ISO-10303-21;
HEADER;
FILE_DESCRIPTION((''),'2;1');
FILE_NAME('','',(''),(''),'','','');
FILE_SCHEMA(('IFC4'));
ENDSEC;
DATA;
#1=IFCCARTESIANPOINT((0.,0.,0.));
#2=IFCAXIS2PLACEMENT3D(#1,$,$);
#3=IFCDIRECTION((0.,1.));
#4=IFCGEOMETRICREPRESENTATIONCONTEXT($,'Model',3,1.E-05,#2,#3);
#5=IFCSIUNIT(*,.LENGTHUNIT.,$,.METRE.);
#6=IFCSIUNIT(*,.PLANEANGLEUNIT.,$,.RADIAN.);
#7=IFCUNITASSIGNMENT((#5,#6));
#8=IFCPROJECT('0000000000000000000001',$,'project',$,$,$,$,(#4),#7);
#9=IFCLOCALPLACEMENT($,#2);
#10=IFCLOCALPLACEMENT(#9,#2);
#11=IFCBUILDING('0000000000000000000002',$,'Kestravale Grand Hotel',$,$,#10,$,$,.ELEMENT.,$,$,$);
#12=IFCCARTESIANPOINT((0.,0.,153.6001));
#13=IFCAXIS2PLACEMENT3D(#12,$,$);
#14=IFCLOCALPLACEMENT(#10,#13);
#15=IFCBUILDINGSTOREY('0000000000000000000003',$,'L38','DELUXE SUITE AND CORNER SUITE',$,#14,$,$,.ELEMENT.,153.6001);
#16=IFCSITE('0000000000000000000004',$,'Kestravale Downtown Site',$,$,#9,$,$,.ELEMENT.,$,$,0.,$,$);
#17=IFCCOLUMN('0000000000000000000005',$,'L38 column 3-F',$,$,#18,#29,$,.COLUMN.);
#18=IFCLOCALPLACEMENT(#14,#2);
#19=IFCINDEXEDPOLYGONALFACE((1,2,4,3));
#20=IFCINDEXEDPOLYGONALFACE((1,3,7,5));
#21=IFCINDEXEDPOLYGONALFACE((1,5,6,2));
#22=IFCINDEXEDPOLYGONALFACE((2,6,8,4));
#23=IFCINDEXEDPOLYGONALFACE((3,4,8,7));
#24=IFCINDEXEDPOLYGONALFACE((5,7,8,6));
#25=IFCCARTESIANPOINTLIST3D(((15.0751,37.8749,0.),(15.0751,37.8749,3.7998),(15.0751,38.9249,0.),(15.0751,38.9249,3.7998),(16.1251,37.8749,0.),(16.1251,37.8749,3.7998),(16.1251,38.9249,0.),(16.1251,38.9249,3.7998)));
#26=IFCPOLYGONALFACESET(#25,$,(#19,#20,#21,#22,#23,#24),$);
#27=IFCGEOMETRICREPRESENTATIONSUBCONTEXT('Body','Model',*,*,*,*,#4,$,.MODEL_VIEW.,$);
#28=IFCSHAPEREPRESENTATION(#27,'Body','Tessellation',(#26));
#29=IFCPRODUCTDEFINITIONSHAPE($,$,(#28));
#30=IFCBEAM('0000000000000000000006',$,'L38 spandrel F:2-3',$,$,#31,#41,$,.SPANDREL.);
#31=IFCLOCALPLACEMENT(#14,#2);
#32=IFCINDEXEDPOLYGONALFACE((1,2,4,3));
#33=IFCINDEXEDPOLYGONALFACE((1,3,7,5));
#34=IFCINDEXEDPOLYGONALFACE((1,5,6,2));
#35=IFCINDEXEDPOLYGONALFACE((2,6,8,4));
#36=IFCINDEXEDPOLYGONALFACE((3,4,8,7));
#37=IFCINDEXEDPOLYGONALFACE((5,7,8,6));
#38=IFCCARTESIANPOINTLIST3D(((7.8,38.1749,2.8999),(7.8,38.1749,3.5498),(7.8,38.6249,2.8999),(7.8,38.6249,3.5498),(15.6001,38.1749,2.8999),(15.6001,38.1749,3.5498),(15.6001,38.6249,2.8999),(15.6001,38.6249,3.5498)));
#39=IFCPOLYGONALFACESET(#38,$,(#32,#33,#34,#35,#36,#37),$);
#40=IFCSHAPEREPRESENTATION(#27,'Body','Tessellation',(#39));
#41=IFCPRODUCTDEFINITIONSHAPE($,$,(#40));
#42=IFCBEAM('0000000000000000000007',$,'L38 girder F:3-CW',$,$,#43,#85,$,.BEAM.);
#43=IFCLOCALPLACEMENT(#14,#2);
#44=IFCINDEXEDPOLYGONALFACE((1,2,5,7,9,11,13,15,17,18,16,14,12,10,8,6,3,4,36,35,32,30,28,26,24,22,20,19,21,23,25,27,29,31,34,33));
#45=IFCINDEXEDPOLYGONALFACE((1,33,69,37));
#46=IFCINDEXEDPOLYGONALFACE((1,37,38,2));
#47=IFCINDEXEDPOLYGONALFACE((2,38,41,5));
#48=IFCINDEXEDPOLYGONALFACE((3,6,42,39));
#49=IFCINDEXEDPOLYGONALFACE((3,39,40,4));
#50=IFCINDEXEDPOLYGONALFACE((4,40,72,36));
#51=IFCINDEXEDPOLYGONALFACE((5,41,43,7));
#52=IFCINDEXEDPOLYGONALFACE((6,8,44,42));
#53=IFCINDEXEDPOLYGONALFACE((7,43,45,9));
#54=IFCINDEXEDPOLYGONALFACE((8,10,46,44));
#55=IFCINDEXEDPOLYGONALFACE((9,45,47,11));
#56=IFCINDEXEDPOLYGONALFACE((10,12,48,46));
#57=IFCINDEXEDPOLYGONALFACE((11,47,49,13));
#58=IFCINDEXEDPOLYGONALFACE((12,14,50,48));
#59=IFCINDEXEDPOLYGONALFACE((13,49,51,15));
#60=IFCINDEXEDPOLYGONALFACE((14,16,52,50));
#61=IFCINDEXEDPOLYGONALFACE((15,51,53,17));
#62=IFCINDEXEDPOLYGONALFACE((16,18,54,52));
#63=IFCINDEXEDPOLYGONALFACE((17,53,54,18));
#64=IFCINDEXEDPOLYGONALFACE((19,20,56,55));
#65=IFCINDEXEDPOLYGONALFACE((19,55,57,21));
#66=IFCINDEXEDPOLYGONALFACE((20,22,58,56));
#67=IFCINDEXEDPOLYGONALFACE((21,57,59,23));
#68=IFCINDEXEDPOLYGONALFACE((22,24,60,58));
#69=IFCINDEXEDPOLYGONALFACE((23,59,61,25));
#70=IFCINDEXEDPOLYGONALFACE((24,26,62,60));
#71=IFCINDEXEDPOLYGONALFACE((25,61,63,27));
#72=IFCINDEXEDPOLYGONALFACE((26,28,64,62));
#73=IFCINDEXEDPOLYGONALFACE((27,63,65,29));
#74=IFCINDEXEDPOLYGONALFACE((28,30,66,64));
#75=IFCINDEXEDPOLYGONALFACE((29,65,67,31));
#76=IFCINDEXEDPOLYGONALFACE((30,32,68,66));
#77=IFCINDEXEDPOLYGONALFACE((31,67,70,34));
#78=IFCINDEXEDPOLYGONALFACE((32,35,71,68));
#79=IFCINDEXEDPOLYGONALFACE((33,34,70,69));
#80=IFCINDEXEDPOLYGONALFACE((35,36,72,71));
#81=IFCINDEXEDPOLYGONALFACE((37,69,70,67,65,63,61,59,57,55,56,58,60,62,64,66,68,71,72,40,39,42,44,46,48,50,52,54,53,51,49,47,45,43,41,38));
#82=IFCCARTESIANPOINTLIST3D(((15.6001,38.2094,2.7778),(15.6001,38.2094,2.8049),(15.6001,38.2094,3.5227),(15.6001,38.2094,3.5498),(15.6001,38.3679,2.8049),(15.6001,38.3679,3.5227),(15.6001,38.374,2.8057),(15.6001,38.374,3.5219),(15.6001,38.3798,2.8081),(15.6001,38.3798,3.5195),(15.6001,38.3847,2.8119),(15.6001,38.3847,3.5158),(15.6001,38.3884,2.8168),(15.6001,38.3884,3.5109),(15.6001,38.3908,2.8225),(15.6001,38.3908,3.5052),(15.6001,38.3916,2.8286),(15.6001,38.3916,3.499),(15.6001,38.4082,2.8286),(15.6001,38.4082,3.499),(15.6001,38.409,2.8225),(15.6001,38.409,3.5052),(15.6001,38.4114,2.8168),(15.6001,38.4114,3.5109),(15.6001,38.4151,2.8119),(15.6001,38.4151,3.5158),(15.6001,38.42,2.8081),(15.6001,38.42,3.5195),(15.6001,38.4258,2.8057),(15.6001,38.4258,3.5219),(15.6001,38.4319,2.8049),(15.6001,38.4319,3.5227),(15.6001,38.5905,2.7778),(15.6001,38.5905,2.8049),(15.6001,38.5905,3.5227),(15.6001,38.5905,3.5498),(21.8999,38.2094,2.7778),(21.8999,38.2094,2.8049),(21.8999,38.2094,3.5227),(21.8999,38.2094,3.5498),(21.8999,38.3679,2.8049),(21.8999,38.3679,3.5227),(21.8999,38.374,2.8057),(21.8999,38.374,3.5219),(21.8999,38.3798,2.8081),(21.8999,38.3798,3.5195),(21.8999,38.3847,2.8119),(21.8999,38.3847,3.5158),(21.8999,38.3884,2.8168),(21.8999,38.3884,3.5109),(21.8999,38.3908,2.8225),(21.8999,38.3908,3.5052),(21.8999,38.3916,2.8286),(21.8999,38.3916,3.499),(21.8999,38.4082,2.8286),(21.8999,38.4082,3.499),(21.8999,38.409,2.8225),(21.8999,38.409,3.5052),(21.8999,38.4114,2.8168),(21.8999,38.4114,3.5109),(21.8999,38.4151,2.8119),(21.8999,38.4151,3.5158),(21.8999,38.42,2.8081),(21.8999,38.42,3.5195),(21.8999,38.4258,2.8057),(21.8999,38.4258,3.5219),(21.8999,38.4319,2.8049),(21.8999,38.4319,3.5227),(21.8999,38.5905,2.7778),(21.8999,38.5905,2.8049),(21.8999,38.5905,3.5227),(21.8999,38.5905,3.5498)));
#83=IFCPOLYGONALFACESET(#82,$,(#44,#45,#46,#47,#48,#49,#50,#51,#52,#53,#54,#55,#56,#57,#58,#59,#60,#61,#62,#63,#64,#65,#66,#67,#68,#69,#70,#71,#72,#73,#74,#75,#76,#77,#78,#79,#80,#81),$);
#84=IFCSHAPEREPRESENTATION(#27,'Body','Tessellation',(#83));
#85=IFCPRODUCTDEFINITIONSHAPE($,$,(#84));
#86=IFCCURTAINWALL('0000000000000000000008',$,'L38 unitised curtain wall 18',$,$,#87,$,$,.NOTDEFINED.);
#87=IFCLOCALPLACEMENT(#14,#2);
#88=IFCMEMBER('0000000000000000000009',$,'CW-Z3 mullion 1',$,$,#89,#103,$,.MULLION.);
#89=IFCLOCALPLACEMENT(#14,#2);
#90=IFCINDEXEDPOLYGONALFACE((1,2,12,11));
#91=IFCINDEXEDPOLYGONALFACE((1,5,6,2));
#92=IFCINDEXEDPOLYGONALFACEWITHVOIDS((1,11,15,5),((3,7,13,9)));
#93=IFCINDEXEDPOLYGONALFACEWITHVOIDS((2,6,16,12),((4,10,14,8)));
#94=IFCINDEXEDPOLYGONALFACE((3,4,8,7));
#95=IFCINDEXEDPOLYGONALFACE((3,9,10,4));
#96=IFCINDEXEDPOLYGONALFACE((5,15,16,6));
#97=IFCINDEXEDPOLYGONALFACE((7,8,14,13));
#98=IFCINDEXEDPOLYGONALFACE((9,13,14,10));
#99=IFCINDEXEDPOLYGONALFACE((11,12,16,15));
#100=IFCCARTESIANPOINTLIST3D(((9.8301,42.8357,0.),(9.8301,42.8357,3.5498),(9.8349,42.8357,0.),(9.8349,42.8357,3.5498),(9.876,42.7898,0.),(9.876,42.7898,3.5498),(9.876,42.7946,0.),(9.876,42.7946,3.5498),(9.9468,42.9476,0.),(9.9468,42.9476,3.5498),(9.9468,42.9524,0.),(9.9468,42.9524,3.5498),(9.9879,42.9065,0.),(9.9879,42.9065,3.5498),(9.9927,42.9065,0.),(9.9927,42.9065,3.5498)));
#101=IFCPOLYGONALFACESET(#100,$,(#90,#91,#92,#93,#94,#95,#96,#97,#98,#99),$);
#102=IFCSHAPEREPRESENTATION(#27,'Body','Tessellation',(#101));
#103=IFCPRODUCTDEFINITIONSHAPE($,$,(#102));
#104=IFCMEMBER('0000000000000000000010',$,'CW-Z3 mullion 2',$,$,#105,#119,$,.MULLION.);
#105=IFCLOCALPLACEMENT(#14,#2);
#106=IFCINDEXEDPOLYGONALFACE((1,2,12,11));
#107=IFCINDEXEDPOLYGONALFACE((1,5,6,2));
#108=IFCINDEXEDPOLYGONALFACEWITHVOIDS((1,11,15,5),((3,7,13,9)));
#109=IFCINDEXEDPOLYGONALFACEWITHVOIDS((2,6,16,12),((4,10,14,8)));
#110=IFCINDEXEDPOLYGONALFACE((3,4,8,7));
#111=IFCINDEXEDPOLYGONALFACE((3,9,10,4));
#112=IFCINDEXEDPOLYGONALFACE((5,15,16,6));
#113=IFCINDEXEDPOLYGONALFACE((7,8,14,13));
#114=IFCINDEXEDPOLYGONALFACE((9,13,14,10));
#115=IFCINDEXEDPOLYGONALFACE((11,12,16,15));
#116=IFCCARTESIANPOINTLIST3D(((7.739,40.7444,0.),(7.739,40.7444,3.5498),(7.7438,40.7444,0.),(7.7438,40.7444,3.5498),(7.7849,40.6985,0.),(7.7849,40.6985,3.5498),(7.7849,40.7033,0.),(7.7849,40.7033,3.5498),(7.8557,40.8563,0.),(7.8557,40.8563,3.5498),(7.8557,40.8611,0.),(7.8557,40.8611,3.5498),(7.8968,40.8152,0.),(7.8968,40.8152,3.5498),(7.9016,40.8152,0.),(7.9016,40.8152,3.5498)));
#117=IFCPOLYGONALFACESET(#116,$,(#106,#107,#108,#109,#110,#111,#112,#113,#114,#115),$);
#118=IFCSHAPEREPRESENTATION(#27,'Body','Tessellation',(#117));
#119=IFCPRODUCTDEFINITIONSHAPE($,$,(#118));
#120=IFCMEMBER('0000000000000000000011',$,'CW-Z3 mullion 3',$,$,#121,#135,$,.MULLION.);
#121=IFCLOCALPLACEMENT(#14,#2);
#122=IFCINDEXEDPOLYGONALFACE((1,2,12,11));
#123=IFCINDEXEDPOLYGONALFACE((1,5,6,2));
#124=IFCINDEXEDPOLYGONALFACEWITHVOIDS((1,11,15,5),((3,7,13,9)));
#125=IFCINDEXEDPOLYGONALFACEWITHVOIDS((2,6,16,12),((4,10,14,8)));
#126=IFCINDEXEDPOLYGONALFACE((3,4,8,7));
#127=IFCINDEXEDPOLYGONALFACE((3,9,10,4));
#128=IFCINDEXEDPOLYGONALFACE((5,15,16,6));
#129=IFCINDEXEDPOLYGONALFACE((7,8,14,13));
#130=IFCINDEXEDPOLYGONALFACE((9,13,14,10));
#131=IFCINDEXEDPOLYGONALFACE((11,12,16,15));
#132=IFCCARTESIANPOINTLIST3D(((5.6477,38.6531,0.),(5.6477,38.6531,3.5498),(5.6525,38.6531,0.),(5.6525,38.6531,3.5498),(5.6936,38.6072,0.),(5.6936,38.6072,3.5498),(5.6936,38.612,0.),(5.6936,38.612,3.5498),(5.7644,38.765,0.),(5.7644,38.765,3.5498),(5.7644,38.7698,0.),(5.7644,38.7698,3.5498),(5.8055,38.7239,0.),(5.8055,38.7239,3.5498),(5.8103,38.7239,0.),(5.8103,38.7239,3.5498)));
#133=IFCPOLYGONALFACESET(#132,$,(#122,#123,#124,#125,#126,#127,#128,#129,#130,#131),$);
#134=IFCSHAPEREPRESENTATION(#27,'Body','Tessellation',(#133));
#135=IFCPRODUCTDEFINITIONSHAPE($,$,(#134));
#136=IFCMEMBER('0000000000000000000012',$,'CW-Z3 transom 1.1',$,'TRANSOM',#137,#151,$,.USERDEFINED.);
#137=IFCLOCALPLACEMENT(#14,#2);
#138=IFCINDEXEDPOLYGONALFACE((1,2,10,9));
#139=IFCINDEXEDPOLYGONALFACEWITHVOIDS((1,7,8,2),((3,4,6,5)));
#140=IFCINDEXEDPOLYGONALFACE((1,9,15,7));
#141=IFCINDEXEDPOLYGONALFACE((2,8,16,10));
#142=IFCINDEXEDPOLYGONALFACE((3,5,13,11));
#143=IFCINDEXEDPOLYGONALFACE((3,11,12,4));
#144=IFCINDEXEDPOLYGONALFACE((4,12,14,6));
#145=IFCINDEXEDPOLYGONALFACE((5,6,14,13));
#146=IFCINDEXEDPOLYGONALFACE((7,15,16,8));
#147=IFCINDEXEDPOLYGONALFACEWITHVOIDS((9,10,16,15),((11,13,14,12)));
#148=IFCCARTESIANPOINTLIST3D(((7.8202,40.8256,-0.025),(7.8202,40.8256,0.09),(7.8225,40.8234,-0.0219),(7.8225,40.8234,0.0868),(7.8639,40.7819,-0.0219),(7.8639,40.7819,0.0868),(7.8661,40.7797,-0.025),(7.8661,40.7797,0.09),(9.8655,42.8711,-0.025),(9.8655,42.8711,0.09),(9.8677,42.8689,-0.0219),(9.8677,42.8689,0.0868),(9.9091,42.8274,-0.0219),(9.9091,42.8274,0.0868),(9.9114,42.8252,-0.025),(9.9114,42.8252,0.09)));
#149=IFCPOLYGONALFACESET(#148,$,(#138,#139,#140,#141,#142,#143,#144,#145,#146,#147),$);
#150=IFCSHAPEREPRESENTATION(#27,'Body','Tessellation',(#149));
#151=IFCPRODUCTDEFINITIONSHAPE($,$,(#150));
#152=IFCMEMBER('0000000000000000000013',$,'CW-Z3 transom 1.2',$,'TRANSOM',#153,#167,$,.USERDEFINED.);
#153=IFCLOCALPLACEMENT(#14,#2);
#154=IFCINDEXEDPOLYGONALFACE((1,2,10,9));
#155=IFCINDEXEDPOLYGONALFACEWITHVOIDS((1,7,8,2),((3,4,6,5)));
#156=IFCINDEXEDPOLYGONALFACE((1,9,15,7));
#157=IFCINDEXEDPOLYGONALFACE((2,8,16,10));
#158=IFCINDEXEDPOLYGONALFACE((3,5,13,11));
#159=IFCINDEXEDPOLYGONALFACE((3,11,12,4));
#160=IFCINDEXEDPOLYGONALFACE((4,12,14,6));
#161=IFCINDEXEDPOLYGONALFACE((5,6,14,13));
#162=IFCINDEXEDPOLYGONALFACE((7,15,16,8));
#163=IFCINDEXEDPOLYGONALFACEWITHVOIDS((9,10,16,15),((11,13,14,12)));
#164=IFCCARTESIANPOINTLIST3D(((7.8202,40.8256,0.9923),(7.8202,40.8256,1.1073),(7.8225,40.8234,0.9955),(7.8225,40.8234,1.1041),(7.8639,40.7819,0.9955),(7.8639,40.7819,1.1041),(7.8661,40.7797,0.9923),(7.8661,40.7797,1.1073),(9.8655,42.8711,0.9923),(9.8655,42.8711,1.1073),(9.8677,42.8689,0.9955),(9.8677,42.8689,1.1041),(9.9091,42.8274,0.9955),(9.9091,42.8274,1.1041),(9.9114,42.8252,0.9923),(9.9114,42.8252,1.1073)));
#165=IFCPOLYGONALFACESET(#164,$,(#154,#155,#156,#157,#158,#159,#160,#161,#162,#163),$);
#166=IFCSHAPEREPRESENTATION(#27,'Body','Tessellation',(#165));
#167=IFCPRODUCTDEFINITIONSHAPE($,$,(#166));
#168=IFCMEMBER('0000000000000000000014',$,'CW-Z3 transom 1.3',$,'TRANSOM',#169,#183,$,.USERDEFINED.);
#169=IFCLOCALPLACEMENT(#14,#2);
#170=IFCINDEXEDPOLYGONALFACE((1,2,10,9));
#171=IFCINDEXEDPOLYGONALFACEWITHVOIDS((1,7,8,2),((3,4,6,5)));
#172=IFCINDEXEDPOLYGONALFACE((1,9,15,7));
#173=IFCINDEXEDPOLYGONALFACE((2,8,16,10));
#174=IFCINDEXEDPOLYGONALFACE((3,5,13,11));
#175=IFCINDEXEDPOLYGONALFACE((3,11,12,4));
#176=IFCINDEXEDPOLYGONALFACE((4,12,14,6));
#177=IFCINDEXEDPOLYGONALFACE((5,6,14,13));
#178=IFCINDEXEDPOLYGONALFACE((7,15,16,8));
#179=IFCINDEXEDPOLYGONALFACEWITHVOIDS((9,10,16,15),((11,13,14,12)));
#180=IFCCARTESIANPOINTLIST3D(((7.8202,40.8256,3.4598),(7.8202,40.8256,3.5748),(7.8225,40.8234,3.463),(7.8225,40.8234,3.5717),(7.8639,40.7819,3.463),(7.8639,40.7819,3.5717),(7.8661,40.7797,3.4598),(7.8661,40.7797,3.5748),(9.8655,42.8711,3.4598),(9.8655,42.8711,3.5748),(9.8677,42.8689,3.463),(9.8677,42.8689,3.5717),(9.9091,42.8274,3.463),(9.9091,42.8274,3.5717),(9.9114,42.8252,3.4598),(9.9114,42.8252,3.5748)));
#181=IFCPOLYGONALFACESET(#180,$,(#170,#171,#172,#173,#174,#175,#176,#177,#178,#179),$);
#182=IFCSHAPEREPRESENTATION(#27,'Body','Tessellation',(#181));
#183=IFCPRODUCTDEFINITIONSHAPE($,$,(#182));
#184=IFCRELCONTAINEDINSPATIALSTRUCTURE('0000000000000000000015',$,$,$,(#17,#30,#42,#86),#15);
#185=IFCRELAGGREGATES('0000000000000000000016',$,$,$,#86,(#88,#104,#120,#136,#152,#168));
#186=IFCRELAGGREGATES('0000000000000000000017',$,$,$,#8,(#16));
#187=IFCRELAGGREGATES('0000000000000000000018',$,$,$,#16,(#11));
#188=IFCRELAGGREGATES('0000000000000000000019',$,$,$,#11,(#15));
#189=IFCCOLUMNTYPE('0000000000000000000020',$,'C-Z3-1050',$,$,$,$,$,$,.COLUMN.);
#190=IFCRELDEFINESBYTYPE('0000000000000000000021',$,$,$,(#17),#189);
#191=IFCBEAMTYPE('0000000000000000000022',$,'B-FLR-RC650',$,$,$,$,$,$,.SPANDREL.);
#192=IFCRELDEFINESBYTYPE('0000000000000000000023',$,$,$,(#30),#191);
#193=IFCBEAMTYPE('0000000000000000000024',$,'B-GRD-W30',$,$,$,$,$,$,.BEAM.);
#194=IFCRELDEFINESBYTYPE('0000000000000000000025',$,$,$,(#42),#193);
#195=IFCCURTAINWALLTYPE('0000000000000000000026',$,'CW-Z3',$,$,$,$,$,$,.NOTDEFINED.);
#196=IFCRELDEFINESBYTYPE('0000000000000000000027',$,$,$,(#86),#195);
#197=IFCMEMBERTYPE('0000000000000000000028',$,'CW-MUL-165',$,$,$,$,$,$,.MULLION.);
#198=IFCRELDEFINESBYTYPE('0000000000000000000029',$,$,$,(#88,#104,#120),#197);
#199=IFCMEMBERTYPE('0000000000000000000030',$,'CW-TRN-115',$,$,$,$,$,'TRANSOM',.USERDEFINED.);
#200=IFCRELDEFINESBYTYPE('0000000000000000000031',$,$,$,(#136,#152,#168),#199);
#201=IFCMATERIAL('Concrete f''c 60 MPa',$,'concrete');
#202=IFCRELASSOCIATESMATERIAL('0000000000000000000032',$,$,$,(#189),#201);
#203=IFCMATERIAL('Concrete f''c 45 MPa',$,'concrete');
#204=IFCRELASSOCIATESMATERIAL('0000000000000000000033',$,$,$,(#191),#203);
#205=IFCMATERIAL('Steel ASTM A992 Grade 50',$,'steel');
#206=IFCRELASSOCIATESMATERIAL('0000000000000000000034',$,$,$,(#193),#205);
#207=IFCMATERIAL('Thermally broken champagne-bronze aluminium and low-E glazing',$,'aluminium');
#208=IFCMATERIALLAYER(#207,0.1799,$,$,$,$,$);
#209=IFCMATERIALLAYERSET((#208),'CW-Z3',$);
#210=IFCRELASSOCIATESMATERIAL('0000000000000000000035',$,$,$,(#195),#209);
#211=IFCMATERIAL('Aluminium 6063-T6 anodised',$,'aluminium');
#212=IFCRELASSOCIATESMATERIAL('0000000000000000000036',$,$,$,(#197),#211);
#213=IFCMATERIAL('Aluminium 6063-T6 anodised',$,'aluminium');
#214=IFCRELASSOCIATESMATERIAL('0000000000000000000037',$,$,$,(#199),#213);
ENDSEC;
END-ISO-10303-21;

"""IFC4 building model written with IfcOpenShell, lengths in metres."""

from ifc_helpers import new_model, si_unit, direction, frame, origin, origin_2d, place, context, subcontext, project, spatial, rectangle, hollow_rectangle, i_section, extrude, material, layer, layer_set, material_profile, profile_set, type_object, element, aggregate, save


model = new_model("IFC4")

# Units and contexts
model_context = context("Model", 3, precision=1e-05, world=origin(), true_north=direction((0.0, 1.0)))
body_context = subcontext(model_context, "Body", "Model", "MODEL_VIEW")
ifc_project = project(units=[si_unit("LENGTHUNIT", "METRE"), si_unit("PLANEANGLEUNIT", "RADIAN")], contexts=[model_context])

# Site, building, storey
site_placement = place(None, origin())
site = spatial("IfcSite", under=ifc_project, at=site_placement, Name="Kestravale Downtown Site", CompositionType="ELEMENT", RefElevation=0.0)
building_placement = place(site_placement, origin())
building = spatial("IfcBuilding", under=site, at=building_placement, Name="Kestravale Grand Hotel", CompositionType="ELEMENT")
storey_placement = place(building_placement, frame((0.0, 0.0, 153.6001)))
storey = spatial("IfcBuildingStorey", under=building, at=storey_placement, Name="L38", Description="DELUXE SUITE AND CORNER SUITE", CompositionType="ELEMENT", Elevation=153.6001)

# Column
ifc_material_1 = material(Name="Concrete f'c 60 MPa", Category="concrete")
ifc_material_profile_1 = material_profile(ifc_material_1, rectangle(XDim=1.05, YDim=1.05, at=origin_2d()))
ifc_profile_set_1 = profile_set([ifc_material_profile_1], Name="Concrete f'c 60 MPa")
column_type = type_object("IfcColumnType", Name="C-Z3-1050", PredefinedType="COLUMN", material=ifc_profile_set_1)
column_placement = place(storey_placement, frame((15.6001, 38.3999, 0.0), z_axis=(0.0, 0.0, 1.0), x_axis=(1.0, 0.0, 0.0)))
element("IfcColumn", 1, at=column_placement, inside=storey, type_object=column_type, Name="L38 column 3-F", PredefinedType="COLUMN", context=body_context, shape_type="SweptSolid", body=[
    extrude(rectangle(XDim=1.05, YDim=1.05, at=origin_2d()), origin(), (0.0, 0.0, 1.0), 3.7998),
])

# Beams
ifc_material_2 = material(Name="Concrete f'c 45 MPa", Category="concrete")
ifc_material_profile_2 = material_profile(ifc_material_2, rectangle(XDim=0.45, YDim=0.6499, at=origin_2d()))
ifc_profile_set_2 = profile_set([ifc_material_profile_2], Name="Concrete f'c 45 MPa")
beam_type_1 = type_object("IfcBeamType", Name="B-FLR-RC650", PredefinedType="SPANDREL", material=ifc_profile_set_2)
beam_1_placement = place(storey_placement, frame((7.8, 38.3999, 3.2249), z_axis=(1.0, 0.0, 0.0), x_axis=(0.0, 1.0, 0.0)))
element("IfcBeam", 2, at=beam_1_placement, inside=storey, type_object=beam_type_1, Name="L38 spandrel F:2-3", PredefinedType="SPANDREL", context=body_context, shape_type="SweptSolid", body=[
    extrude(rectangle(XDim=0.45, YDim=0.6499, at=origin_2d()), origin(), (0.0, 0.0, 1.0), 7.8),
])
ifc_material_3 = material(Name="Steel ASTM A992 Grade 50", Category="steel")
ifc_material_profile_3 = material_profile(ifc_material_3, i_section(OverallWidth=0.3811, OverallDepth=0.772, WebThickness=0.0166, FlangeThickness=0.0271, FilletRadius=0.0237, at=origin_2d()))
ifc_profile_set_3 = profile_set([ifc_material_profile_3], Name="Steel ASTM A992 Grade 50")
beam_type_2 = type_object("IfcBeamType", Name="B-GRD-W30", PredefinedType="BEAM", material=ifc_profile_set_3)
beam_2_placement = place(storey_placement, frame((15.6001, 38.3999, 3.1638), z_axis=(1.0, 0.0, 0.0), x_axis=(0.0, 1.0, 0.0)))
element("IfcBeam", 3, at=beam_2_placement, inside=storey, type_object=beam_type_2, Name="L38 girder F:3-CW", PredefinedType="BEAM", context=body_context, shape_type="SweptSolid", body=[
    extrude(i_section(OverallWidth=0.3811, OverallDepth=0.772, WebThickness=0.0166, FlangeThickness=0.0271, FilletRadius=0.0237, at=origin_2d()), origin(), (0.0, 0.0, 1.0), 6.2998),
])

# Curtain wall, members
ifc_material_4 = material(Name="Thermally broken champagne-bronze aluminium and low-E glazing", Category="aluminium")
ifc_layer_1 = layer(ifc_material_4, 0.1799)
ifc_layer_set_1 = layer_set([ifc_layer_1], Name="CW-Z3")
curtain_wall_type = type_object("IfcCurtainWallType", Name="CW-Z3", PredefinedType="NOTDEFINED", material=ifc_layer_set_1)
curtain_wall_placement = place(storey_placement, origin())
curtain_wall = element("IfcCurtainWall", 4, at=curtain_wall_placement, inside=storey, type_object=curtain_wall_type, Name="L38 unitised curtain wall 18", PredefinedType="NOTDEFINED")
ifc_material_5 = material(Name="Aluminium 6063-T6 anodised", Category="aluminium")
ifc_material_profile_4 = material_profile(ifc_material_5, hollow_rectangle(XDim=0.0649, YDim=0.165, WallThickness=0.0034, at=origin_2d()))
ifc_profile_set_4 = profile_set([ifc_material_profile_4], Name="Aluminium 6063-T6 anodised")
member_type_1 = type_object("IfcMemberType", Name="CW-MUL-165", PredefinedType="MULLION", material=ifc_profile_set_4)
member_1_placement = place(storey_placement, frame((9.9114, 42.8711, 0.0), z_axis=(0.0, 0.0, 1.0), x_axis=(0.707107, -0.707107, 0.0)))
member_1 = element("IfcMember", 5, at=member_1_placement, type_object=member_type_1, Name="CW-Z3 mullion 1", PredefinedType="MULLION", context=body_context, shape_type="SweptSolid", body=[
    extrude(hollow_rectangle(XDim=0.0649, YDim=0.165, WallThickness=0.0034, at=origin_2d()), origin(), (0.0, 0.0, 1.0), 3.5498),
])
member_2_placement = place(storey_placement, frame((7.8203, 40.7798, 0.0), z_axis=(0.0, 0.0, 1.0), x_axis=(0.707107, -0.707107, 0.0)))
member_2 = element("IfcMember", 6, at=member_2_placement, type_object=member_type_1, Name="CW-Z3 mullion 2", PredefinedType="MULLION", context=body_context, shape_type="SweptSolid", body=[
    extrude(hollow_rectangle(XDim=0.0649, YDim=0.165, WallThickness=0.0034, at=origin_2d()), origin(), (0.0, 0.0, 1.0), 3.5498),
])
member_3_placement = place(storey_placement, frame((5.729, 38.6885, 0.0), z_axis=(0.0, 0.0, 1.0), x_axis=(0.707107, -0.707107, 0.0)))
member_3 = element("IfcMember", 7, at=member_3_placement, type_object=member_type_1, Name="CW-Z3 mullion 3", PredefinedType="MULLION", context=body_context, shape_type="SweptSolid", body=[
    extrude(hollow_rectangle(XDim=0.0649, YDim=0.165, WallThickness=0.0034, at=origin_2d()), origin(), (0.0, 0.0, 1.0), 3.5498),
])
ifc_material_6 = material(Name="Aluminium 6063-T6 anodised", Category="aluminium")
ifc_material_profile_5 = material_profile(ifc_material_6, hollow_rectangle(XDim=0.0649, YDim=0.115, WallThickness=0.0032, at=origin_2d()))
ifc_profile_set_5 = profile_set([ifc_material_profile_5], Name="Aluminium 6063-T6 anodised")
member_type_2 = type_object("IfcMemberType", Name="CW-TRN-115", ElementType="TRANSOM", PredefinedType="USERDEFINED", material=ifc_profile_set_5)
member_4_placement = place(storey_placement, frame((9.8884, 42.8481, 0.0325), z_axis=(-0.707065, -0.707149, 0.0), x_axis=(0.707149, -0.707065, 0.0)))
member_4 = element("IfcMember", 8, at=member_4_placement, type_object=member_type_2, Name="CW-Z3 transom 1.1", ObjectType="TRANSOM", PredefinedType="USERDEFINED", context=body_context, shape_type="SweptSolid", body=[
    extrude(hollow_rectangle(XDim=0.0649, YDim=0.115, WallThickness=0.0032, at=origin_2d()), origin(), (0.0, 0.0, 1.0), 2.8926),
])
member_5_placement = place(storey_placement, frame((9.8884, 42.8481, 1.0498), z_axis=(-0.707065, -0.707149, 0.0), x_axis=(0.707149, -0.707065, 0.0)))
member_5 = element("IfcMember", 9, at=member_5_placement, type_object=member_type_2, Name="CW-Z3 transom 1.2", ObjectType="TRANSOM", PredefinedType="USERDEFINED", context=body_context, shape_type="SweptSolid", body=[
    extrude(hollow_rectangle(XDim=0.0649, YDim=0.115, WallThickness=0.0032, at=origin_2d()), origin(), (0.0, 0.0, 1.0), 2.8926),
])
member_6_placement = place(storey_placement, frame((9.8884, 42.8481, 3.5173), z_axis=(-0.707065, -0.707149, 0.0), x_axis=(0.707149, -0.707065, 0.0)))
member_6 = element("IfcMember", 10, at=member_6_placement, type_object=member_type_2, Name="CW-Z3 transom 1.3", ObjectType="TRANSOM", PredefinedType="USERDEFINED", context=body_context, shape_type="SweptSolid", body=[
    extrude(hollow_rectangle(XDim=0.0649, YDim=0.115, WallThickness=0.0032, at=origin_2d()), origin(), (0.0, 0.0, 1.0), 2.8926),
])
aggregate(curtain_wall, [member_1, member_2, member_3, member_4, member_5, member_6])

save(model, "model.ifc")
